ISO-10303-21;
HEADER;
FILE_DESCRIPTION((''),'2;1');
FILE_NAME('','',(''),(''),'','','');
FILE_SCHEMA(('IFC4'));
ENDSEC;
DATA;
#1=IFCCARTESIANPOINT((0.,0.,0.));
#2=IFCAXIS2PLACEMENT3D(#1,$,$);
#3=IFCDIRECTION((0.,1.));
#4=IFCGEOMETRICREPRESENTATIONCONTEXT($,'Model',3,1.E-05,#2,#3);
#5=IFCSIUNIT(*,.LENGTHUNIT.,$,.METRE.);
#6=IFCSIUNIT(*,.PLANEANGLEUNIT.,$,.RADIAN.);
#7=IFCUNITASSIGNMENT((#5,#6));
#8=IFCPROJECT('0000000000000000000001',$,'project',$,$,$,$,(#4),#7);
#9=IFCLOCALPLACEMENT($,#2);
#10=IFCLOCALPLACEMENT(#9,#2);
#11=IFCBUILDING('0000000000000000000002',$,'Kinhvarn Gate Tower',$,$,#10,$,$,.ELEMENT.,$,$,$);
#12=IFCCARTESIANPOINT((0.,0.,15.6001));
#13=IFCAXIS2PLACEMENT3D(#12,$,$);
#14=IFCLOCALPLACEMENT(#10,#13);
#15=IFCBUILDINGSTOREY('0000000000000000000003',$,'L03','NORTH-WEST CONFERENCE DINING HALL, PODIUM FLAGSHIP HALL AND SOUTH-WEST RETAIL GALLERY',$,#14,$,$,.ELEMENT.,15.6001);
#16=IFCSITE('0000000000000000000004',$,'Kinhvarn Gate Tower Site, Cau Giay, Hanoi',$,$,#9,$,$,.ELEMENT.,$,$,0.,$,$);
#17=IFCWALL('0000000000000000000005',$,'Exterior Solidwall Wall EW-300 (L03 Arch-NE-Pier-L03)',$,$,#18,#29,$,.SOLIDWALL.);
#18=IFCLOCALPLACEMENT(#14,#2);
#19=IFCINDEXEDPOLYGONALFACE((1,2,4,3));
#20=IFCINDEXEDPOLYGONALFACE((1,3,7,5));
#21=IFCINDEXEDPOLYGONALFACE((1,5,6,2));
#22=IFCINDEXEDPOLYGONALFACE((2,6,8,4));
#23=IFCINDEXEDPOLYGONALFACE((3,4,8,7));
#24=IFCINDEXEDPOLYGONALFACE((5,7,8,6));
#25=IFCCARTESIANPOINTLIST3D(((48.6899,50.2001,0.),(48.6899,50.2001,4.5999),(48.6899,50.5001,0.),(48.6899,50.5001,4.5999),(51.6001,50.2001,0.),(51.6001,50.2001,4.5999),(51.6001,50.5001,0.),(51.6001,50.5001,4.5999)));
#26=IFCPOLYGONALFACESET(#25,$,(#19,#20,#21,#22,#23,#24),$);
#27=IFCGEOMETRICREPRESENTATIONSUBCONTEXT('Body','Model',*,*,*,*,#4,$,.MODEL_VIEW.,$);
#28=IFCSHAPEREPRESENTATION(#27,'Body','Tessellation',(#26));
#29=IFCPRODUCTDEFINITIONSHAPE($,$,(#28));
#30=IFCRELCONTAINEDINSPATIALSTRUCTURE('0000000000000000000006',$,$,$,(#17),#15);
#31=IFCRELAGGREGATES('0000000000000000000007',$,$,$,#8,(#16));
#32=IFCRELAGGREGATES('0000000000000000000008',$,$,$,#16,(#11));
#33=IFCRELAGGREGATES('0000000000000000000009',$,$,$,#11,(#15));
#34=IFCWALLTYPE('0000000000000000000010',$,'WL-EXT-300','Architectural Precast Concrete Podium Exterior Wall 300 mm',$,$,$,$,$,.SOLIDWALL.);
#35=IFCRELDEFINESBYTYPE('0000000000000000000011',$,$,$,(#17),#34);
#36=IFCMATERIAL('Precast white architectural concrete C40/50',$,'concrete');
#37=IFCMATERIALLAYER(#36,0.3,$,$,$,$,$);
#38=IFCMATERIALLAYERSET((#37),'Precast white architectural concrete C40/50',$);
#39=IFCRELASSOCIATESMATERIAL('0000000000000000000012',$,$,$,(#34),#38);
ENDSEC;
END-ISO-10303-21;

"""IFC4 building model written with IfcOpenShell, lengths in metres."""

from ifc_helpers import new_model, si_unit, direction, frame, frame_2d, origin, place, context, subcontext, project, spatial, rectangle, extrude, material, layer, layer_set, type_object, element, save


model = new_model("IFC4")

# Units and contexts
model_context = context("Model", 3, precision=1e-05, world=origin(), true_north=direction((0.0, 1.0)))
body_context = subcontext(model_context, "Body", "Model", "MODEL_VIEW")
ifc_project = project(units=[si_unit("LENGTHUNIT", "METRE"), si_unit("PLANEANGLEUNIT", "RADIAN")], contexts=[model_context])

# Site, building, storey
site_placement = place(None, origin())
site = spatial("IfcSite", under=ifc_project, at=site_placement, Name="Kinhvarn Gate Tower Site, Cau Giay, Hanoi", CompositionType="ELEMENT", RefElevation=0.0)
building_placement = place(site_placement, origin())
building = spatial("IfcBuilding", under=site, at=building_placement, Name="Kinhvarn Gate Tower", CompositionType="ELEMENT")
storey_placement = place(building_placement, frame((0.0, 0.0, 15.6001)))
storey = spatial("IfcBuildingStorey", under=building, at=storey_placement, Name="L03", Description="NORTH-WEST CONFERENCE DINING HALL, PODIUM FLAGSHIP HALL AND SOUTH-WEST RETAIL GALLERY", CompositionType="ELEMENT", Elevation=15.6001)

# Wall
ifc_material_1 = material(Name="Precast white architectural concrete C40/50", Category="concrete")
ifc_layer_1 = layer(ifc_material_1, 0.3)
ifc_layer_set_1 = layer_set([ifc_layer_1], Name="Precast white architectural concrete C40/50")
wall_type = type_object("IfcWallType", Name="WL-EXT-300", Description="Architectural Precast Concrete Podium Exterior Wall 300 mm", PredefinedType="SOLIDWALL", material=ifc_layer_set_1)
wall_placement = place(storey_placement, frame((51.6001, 50.3501, 0.0), z_axis=(0.0, 0.0, 1.0), x_axis=(-1.0, 0.0, 0.0)))
element("IfcWall", 1, at=wall_placement, inside=storey, type_object=wall_type, Name="Exterior Solidwall Wall EW-300 (L03 Arch-NE-Pier-L03)", PredefinedType="SOLIDWALL", context=body_context, shape_type="SweptSolid", body=[
    extrude(rectangle(XDim=2.9102, YDim=0.3, at=frame_2d((1.4551, 0.0))), origin(), (0.0, 0.0, 1.0), 4.5999),
])

save(model, "model.ifc")
